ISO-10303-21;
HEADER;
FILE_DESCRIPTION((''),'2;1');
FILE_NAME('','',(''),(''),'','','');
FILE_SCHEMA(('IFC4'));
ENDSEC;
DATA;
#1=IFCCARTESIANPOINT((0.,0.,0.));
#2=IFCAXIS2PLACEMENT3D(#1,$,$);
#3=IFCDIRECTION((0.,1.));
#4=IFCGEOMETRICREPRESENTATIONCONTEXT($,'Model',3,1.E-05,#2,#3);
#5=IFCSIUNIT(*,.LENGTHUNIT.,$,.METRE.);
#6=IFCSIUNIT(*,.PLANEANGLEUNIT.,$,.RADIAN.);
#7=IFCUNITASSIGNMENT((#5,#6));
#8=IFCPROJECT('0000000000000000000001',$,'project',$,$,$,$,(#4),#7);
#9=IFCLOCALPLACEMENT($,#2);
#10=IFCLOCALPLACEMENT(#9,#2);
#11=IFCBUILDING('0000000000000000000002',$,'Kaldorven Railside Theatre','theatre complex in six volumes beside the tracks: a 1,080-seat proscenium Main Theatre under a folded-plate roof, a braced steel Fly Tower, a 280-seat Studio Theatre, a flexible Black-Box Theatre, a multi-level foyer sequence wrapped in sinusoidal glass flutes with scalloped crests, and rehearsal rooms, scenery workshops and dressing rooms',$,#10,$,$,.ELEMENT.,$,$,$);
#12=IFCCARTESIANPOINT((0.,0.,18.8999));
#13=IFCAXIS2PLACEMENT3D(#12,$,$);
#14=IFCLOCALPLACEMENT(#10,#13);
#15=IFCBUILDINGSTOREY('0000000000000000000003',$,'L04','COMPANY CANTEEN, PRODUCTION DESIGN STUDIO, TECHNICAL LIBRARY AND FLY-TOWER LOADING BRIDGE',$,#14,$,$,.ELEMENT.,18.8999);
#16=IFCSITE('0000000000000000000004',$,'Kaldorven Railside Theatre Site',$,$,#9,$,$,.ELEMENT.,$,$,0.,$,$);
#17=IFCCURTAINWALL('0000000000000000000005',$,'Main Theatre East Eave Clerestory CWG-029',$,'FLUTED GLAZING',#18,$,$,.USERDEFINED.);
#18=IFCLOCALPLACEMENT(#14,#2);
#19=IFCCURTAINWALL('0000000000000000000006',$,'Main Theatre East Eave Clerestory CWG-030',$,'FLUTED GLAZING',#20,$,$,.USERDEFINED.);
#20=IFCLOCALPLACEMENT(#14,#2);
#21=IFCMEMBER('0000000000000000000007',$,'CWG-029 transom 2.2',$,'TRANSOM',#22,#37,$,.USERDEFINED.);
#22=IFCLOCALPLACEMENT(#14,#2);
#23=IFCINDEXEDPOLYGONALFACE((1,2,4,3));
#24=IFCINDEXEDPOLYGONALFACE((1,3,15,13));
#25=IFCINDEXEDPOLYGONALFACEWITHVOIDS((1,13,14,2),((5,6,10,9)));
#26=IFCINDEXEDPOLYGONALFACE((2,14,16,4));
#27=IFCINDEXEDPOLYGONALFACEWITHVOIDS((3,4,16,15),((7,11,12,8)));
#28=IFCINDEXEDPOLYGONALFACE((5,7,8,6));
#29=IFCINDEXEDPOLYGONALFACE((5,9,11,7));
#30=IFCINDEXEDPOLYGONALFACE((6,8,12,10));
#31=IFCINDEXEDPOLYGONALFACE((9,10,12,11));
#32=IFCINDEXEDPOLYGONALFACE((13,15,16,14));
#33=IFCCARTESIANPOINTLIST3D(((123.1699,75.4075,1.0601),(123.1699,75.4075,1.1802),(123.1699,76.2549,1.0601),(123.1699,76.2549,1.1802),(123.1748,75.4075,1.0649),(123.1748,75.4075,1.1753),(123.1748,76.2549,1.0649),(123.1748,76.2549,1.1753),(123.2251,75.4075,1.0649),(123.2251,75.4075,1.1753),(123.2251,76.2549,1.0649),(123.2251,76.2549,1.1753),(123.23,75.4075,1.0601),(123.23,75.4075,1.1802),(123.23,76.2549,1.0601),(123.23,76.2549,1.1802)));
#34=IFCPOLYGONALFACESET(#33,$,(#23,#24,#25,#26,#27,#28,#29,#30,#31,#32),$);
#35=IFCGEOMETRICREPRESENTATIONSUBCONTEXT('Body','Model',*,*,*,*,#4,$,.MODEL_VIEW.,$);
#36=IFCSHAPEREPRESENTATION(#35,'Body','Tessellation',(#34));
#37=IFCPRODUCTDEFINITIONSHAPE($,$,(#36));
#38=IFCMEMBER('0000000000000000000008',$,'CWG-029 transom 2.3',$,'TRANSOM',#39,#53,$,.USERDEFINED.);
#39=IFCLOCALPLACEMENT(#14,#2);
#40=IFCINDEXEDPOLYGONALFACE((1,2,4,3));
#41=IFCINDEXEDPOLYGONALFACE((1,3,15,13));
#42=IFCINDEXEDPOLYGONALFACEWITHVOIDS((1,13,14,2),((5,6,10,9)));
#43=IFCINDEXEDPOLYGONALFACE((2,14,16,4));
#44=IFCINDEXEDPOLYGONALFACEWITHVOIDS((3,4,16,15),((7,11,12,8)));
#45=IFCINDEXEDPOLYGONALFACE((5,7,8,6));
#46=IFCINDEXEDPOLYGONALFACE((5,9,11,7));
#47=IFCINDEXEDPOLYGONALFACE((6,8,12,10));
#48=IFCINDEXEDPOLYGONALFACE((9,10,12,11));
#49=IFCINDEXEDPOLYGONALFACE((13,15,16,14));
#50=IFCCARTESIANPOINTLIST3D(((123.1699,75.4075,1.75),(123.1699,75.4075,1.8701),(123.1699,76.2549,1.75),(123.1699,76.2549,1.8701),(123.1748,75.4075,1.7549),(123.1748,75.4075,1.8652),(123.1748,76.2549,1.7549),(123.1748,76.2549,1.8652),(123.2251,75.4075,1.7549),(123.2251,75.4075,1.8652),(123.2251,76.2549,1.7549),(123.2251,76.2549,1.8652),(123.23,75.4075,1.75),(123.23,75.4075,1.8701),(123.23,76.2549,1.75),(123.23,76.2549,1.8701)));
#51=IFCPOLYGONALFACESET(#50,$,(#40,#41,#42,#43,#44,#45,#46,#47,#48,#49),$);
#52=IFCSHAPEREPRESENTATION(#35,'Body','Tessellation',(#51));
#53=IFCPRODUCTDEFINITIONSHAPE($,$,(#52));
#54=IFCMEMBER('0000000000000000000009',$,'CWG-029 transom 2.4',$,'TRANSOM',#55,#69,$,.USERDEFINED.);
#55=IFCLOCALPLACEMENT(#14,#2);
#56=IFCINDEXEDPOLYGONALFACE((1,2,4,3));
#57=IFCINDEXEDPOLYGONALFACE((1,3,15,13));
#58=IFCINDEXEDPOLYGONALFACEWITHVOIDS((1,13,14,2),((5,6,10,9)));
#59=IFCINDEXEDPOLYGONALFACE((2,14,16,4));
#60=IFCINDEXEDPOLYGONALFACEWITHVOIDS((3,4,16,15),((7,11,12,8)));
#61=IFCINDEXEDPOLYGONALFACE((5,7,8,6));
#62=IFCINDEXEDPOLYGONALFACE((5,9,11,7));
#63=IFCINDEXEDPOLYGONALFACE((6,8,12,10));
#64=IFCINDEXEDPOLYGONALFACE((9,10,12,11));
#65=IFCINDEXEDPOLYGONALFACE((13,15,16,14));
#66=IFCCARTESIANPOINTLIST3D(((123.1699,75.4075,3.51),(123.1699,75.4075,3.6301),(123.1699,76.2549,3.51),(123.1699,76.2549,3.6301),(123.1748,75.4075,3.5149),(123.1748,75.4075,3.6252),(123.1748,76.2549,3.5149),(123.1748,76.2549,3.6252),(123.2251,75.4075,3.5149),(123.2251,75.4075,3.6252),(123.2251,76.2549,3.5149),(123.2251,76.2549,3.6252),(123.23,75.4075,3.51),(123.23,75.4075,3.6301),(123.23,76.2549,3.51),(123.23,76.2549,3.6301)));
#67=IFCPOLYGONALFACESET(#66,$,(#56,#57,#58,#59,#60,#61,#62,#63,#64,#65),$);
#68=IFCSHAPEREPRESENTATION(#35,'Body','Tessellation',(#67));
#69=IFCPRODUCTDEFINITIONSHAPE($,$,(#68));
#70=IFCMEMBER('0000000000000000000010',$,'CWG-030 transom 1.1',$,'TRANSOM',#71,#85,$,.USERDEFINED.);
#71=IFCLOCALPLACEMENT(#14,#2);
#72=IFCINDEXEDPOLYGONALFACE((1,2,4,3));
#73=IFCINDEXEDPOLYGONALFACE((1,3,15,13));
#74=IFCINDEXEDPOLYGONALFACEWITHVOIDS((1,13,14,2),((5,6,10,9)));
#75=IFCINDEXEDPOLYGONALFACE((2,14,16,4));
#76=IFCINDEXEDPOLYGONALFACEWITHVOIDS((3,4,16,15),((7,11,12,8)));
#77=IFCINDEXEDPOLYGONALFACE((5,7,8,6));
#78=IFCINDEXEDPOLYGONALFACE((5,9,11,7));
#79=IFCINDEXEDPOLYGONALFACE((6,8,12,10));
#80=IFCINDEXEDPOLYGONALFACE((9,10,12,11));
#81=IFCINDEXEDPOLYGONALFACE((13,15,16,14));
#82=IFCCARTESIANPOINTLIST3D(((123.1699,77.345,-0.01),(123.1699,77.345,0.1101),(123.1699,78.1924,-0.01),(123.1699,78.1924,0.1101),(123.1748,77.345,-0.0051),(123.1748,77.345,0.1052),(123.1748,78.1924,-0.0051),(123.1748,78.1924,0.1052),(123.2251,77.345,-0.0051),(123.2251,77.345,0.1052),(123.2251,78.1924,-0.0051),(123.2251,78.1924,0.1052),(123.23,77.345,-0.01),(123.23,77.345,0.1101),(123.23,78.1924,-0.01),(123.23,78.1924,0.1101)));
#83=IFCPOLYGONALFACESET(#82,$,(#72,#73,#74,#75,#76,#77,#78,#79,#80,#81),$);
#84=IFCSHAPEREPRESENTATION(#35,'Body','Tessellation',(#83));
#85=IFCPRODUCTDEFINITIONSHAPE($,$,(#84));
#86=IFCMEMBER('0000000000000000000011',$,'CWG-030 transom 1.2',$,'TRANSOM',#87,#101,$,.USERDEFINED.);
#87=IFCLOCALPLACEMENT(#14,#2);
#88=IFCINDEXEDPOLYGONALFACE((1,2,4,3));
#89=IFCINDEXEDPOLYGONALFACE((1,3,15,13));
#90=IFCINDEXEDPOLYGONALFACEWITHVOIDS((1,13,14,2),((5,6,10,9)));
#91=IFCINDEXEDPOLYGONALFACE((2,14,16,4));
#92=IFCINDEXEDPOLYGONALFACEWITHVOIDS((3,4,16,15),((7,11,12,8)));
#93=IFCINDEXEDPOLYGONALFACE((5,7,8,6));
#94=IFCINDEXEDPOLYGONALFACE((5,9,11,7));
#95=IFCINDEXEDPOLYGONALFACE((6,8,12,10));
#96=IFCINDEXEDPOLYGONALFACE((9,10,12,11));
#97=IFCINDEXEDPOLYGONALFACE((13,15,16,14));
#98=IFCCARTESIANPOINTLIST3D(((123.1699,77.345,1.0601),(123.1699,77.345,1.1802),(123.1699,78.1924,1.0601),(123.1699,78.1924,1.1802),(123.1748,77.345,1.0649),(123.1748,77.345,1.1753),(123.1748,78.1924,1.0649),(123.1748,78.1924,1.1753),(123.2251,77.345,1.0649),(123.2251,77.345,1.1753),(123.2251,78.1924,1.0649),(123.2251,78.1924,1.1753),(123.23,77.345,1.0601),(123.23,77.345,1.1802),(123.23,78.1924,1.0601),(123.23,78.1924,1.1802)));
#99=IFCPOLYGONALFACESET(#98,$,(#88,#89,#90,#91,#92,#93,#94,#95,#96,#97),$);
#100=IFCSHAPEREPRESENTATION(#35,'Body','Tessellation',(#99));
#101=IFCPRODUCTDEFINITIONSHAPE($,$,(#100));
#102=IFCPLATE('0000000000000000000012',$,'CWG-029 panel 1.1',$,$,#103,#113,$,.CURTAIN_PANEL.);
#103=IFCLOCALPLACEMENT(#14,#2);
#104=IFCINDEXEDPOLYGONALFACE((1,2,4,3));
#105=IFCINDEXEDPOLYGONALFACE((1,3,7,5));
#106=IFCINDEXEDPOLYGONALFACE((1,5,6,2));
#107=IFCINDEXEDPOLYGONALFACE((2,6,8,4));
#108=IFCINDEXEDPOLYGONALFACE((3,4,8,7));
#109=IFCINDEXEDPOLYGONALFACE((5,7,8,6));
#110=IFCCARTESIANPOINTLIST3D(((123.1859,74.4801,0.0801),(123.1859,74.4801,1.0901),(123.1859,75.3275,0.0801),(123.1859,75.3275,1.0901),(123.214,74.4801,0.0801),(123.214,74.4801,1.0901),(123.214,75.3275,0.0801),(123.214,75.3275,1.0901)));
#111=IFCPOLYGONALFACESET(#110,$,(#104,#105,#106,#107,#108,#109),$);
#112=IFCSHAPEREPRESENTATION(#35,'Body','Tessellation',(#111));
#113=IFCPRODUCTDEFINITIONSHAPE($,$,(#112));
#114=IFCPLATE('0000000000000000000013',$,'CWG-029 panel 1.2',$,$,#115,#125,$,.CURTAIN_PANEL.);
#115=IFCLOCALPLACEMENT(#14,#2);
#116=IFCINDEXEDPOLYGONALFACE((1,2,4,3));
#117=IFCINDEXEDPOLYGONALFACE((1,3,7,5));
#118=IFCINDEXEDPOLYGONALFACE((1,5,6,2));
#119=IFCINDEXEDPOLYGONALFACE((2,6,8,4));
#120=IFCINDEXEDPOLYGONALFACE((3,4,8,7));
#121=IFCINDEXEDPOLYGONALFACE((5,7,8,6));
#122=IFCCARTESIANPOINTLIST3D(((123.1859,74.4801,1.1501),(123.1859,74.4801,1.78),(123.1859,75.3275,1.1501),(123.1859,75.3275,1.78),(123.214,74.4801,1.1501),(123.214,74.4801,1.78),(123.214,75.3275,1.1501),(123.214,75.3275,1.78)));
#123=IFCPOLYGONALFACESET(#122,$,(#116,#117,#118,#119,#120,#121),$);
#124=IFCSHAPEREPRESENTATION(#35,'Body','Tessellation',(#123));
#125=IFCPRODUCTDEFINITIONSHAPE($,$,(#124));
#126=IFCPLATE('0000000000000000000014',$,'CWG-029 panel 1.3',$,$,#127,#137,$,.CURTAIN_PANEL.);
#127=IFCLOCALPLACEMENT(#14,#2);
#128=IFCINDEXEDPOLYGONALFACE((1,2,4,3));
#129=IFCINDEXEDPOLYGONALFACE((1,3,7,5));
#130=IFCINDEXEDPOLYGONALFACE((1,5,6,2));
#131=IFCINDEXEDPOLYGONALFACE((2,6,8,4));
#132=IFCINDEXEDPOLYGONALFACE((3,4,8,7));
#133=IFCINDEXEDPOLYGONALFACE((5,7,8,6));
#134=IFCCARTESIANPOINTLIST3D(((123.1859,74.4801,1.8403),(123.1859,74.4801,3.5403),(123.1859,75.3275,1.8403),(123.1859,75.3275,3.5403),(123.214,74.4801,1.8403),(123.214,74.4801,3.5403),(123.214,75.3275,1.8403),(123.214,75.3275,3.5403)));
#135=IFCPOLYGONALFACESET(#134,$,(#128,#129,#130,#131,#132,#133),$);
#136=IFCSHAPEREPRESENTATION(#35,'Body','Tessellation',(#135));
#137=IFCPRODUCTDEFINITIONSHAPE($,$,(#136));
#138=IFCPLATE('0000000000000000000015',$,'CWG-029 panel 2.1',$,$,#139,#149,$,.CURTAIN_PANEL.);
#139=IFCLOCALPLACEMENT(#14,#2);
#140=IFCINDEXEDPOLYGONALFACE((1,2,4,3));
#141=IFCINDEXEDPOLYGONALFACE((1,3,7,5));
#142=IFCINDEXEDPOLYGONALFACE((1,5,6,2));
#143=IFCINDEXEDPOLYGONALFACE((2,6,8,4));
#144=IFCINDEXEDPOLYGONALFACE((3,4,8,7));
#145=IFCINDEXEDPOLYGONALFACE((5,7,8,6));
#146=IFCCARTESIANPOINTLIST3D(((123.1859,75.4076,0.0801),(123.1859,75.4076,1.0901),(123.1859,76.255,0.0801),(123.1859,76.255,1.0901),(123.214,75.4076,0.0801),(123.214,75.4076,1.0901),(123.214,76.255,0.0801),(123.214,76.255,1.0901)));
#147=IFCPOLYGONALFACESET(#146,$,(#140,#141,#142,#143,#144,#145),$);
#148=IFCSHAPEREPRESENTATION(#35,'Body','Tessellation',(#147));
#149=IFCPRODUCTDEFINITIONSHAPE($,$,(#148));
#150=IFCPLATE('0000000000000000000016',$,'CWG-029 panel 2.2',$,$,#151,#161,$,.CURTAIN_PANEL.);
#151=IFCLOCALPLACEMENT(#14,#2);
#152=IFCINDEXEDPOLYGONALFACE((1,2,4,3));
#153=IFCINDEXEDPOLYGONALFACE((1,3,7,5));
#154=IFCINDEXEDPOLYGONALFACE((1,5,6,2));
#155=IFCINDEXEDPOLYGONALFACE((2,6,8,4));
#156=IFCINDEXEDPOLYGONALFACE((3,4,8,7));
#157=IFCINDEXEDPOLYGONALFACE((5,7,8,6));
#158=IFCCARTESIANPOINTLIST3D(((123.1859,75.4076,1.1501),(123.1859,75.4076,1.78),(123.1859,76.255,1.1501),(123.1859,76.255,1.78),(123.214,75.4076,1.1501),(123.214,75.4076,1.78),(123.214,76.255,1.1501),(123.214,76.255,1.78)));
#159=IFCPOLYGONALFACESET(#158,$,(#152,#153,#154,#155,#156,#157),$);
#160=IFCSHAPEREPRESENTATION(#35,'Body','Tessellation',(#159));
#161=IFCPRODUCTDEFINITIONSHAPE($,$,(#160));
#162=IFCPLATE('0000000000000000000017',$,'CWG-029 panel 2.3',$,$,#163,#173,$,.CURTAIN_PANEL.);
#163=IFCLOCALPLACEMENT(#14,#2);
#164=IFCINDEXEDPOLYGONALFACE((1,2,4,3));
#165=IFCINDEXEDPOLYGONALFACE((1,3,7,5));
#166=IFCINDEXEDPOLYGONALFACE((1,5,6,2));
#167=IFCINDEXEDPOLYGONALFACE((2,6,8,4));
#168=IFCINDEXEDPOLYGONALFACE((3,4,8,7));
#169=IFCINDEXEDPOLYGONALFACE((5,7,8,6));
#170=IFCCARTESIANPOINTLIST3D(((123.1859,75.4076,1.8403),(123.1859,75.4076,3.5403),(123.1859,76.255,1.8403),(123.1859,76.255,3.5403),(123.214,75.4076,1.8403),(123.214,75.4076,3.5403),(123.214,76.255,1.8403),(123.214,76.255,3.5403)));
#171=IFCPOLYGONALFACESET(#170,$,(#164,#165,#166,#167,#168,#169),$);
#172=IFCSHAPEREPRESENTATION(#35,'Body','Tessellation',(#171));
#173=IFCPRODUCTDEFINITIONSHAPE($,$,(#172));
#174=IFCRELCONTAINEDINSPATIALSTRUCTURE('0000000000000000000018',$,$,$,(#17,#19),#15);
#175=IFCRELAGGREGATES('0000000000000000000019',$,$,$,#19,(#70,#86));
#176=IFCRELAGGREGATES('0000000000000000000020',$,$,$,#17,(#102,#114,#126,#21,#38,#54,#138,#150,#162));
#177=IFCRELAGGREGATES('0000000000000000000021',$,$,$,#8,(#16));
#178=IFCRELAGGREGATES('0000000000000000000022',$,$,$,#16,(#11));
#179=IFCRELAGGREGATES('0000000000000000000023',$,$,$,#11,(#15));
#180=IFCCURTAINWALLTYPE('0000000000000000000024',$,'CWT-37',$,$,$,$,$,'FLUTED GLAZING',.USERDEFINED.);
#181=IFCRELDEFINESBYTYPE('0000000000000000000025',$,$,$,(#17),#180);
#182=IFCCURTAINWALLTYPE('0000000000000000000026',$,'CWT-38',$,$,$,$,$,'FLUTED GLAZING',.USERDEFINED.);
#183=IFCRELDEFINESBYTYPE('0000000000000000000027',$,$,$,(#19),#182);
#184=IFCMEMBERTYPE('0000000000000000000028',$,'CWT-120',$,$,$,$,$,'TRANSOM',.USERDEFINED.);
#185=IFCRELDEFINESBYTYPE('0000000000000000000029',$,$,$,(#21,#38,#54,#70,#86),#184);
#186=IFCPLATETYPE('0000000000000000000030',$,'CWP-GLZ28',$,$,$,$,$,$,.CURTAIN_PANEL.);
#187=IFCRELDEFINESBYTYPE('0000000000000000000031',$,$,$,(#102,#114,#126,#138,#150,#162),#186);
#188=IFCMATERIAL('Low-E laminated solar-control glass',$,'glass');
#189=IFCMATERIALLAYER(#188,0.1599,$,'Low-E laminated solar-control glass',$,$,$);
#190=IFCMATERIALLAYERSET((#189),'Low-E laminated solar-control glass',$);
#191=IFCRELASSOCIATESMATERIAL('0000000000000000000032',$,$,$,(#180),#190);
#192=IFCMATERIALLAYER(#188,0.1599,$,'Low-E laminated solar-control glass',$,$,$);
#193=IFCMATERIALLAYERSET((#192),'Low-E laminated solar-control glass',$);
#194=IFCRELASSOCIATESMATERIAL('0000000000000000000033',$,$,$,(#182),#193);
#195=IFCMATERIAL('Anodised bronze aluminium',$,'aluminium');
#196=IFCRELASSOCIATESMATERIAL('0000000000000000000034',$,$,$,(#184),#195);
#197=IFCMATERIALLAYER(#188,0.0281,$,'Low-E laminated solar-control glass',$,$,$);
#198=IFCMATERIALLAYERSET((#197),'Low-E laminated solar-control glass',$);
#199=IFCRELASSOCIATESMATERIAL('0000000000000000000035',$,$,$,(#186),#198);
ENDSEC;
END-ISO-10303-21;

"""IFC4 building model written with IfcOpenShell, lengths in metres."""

from ifc_helpers import new_model, si_unit, direction, frame, origin, origin_2d, place, context, subcontext, project, spatial, rectangle, hollow_rectangle, extrude, material, layer, layer_set, material_profile, profile_set, type_object, element, aggregate, save


model = new_model("IFC4")

# Units and contexts
model_context = context("Model", 3, precision=1e-05, world=origin(), true_north=direction((0.0, 1.0)))
body_context = subcontext(model_context, "Body", "Model", "MODEL_VIEW")
ifc_project = project(units=[si_unit("LENGTHUNIT", "METRE"), si_unit("PLANEANGLEUNIT", "RADIAN")], contexts=[model_context])

# Site, building, storey
site_placement = place(None, origin())
site = spatial("IfcSite", under=ifc_project, at=site_placement, Name="Kaldorven Railside Theatre Site", CompositionType="ELEMENT", RefElevation=0.0)
building_placement = place(site_placement, origin())
building = spatial("IfcBuilding", under=site, at=building_placement, Name="Kaldorven Railside Theatre", Description="theatre complex in six volumes beside the tracks: a 1,080-seat proscenium Main Theatre under a folded-plate roof, a braced steel Fly Tower, a 280-seat Studio Theatre, a flexible Black-Box Theatre, a multi-level foyer sequence wrapped in sinusoidal glass flutes with scalloped crests, and rehearsal rooms, scenery workshops and dressing rooms", CompositionType="ELEMENT")
storey_placement = place(building_placement, frame((0.0, 0.0, 18.8999)))
storey = spatial("IfcBuildingStorey", under=building, at=storey_placement, Name="L04", Description="COMPANY CANTEEN, PRODUCTION DESIGN STUDIO, TECHNICAL LIBRARY AND FLY-TOWER LOADING BRIDGE", CompositionType="ELEMENT", Elevation=18.8999)

# Curtain wall
ifc_material_1 = material(Name="Low-E laminated solar-control glass", Category="glass")
ifc_layer_1 = layer(ifc_material_1, 0.1599, Name="Low-E laminated solar-control glass")
ifc_layer_set_1 = layer_set([ifc_layer_1], Name="Low-E laminated solar-control glass")
curtain_wall_type_1 = type_object("IfcCurtainWallType", Name="CWT-37", ElementType="FLUTED GLAZING", PredefinedType="USERDEFINED", material=ifc_layer_set_1)
curtain_wall_1_placement = place(storey_placement, origin())
curtain_wall_1 = element("IfcCurtainWall", 1, at=curtain_wall_1_placement, inside=storey, type_object=curtain_wall_type_1, Name="Main Theatre East Eave Clerestory CWG-029", ObjectType="FLUTED GLAZING", PredefinedType="USERDEFINED")
ifc_material_2 = material(Name="Anodised bronze aluminium", Category="aluminium")

# Curtain wall
ifc_layer_2 = layer(ifc_material_1, 0.1599, Name="Low-E laminated solar-control glass")
ifc_layer_set_2 = layer_set([ifc_layer_2], Name="Low-E laminated solar-control glass")
curtain_wall_type_2 = type_object("IfcCurtainWallType", Name="CWT-38", ElementType="FLUTED GLAZING", PredefinedType="USERDEFINED", material=ifc_layer_set_2)
curtain_wall_2_placement = place(storey_placement, origin())
curtain_wall_2 = element("IfcCurtainWall", 2, at=curtain_wall_2_placement, inside=storey, type_object=curtain_wall_type_2, Name="Main Theatre East Eave Clerestory CWG-030", ObjectType="FLUTED GLAZING", PredefinedType="USERDEFINED")

# Members
ifc_material_profile_1 = material_profile(ifc_material_2, hollow_rectangle(XDim=0.0601, YDim=0.1201, WallThickness=0.0049, at=origin_2d()), Name="RHS 120x60x5")
ifc_profile_set_1 = profile_set([ifc_material_profile_1], Name="Anodised bronze aluminium")
member_type_1 = type_object("IfcMemberType", Name="CWT-120", ElementType="TRANSOM", PredefinedType="USERDEFINED", material=ifc_profile_set_1)
member_1_placement = place(storey_placement, frame((123.2, 75.4075, 1.1201), z_axis=(0.0, 1.0, 0.0), x_axis=(-1.0, 0.0, 0.0)))
member_1 = element("IfcMember", 3, at=member_1_placement, type_object=member_type_1, Name="CWG-029 transom 2.2", ObjectType="TRANSOM", PredefinedType="USERDEFINED", context=body_context, shape_type="SweptSolid", body=[
    extrude(hollow_rectangle(XDim=0.0601, YDim=0.1201, WallThickness=0.0049, at=origin_2d()), origin(), (0.0, 0.0, 1.0), 0.8474),
])
member_2_placement = place(storey_placement, frame((123.2, 75.4075, 1.8101), z_axis=(0.0, 1.0, 0.0), x_axis=(-1.0, 0.0, 0.0)))
member_2 = element("IfcMember", 4, at=member_2_placement, type_object=member_type_1, Name="CWG-029 transom 2.3", ObjectType="TRANSOM", PredefinedType="USERDEFINED", context=body_context, shape_type="SweptSolid", body=[
    extrude(hollow_rectangle(XDim=0.0601, YDim=0.1201, WallThickness=0.0049, at=origin_2d()), origin(), (0.0, 0.0, 1.0), 0.8474),
])
member_3_placement = place(storey_placement, frame((123.2, 75.4075, 3.5701), z_axis=(0.0, 1.0, 0.0), x_axis=(-1.0, 0.0, 0.0)))
member_3 = element("IfcMember", 5, at=member_3_placement, type_object=member_type_1, Name="CWG-029 transom 2.4", ObjectType="TRANSOM", PredefinedType="USERDEFINED", context=body_context, shape_type="SweptSolid", body=[
    extrude(hollow_rectangle(XDim=0.0601, YDim=0.1201, WallThickness=0.0049, at=origin_2d()), origin(), (0.0, 0.0, 1.0), 0.8474),
])
member_4_placement = place(storey_placement, frame((123.2, 77.345, 0.05), z_axis=(0.0, 1.0, 0.0), x_axis=(-1.0, 0.0, 0.0)))
member_4 = element("IfcMember", 6, at=member_4_placement, type_object=member_type_1, Name="CWG-030 transom 1.1", ObjectType="TRANSOM", PredefinedType="USERDEFINED", context=body_context, shape_type="SweptSolid", body=[
    extrude(hollow_rectangle(XDim=0.0601, YDim=0.1201, WallThickness=0.0049, at=origin_2d()), origin(), (0.0, 0.0, 1.0), 0.8474),
])
member_5_placement = place(storey_placement, frame((123.2, 77.345, 1.1201), z_axis=(0.0, 1.0, 0.0), x_axis=(-1.0, 0.0, 0.0)))
member_5 = element("IfcMember", 7, at=member_5_placement, type_object=member_type_1, Name="CWG-030 transom 1.2", ObjectType="TRANSOM", PredefinedType="USERDEFINED", context=body_context, shape_type="SweptSolid", body=[
    extrude(hollow_rectangle(XDim=0.0601, YDim=0.1201, WallThickness=0.0049, at=origin_2d()), origin(), (0.0, 0.0, 1.0), 0.8474),
])
aggregate(curtain_wall_2, [member_4, member_5])

# Plates
ifc_layer_3 = layer(ifc_material_1, 0.0281, Name="Low-E laminated solar-control glass")
ifc_layer_set_3 = layer_set([ifc_layer_3], Name="Low-E laminated solar-control glass")
plate_type = type_object("IfcPlateType", Name="CWP-GLZ28", PredefinedType="CURTAIN_PANEL", material=ifc_layer_set_3)
plate_1_placement = place(storey_placement, frame((123.2, 74.9038, 0.0801), z_axis=(0.0, 0.0, 1.0), x_axis=(0.0, 1.0, 0.0)))
plate_1 = element("IfcPlate", 8, at=plate_1_placement, type_object=plate_type, Name="CWG-029 panel 1.1", PredefinedType="CURTAIN_PANEL", context=body_context, shape_type="SweptSolid", body=[
    extrude(rectangle(XDim=0.8474, YDim=0.0281, at=origin_2d()), origin(), (0.0, 0.0, 1.0), 1.01),
])
plate_2_placement = place(storey_placement, frame((123.2, 74.9038, 1.1501), z_axis=(0.0, 0.0, 1.0), x_axis=(0.0, 1.0, 0.0)))
plate_2 = element("IfcPlate", 9, at=plate_2_placement, type_object=plate_type, Name="CWG-029 panel 1.2", PredefinedType="CURTAIN_PANEL", context=body_context, shape_type="SweptSolid", body=[
    extrude(rectangle(XDim=0.8474, YDim=0.0281, at=origin_2d()), origin(), (0.0, 0.0, 1.0), 0.6299),
])
plate_3_placement = place(storey_placement, frame((123.2, 74.9038, 1.8403), z_axis=(0.0, 0.0, 1.0), x_axis=(0.0, 1.0, 0.0)))
plate_3 = element("IfcPlate", 10, at=plate_3_placement, type_object=plate_type, Name="CWG-029 panel 1.3", PredefinedType="CURTAIN_PANEL", context=body_context, shape_type="SweptSolid", body=[
    extrude(rectangle(XDim=0.8474, YDim=0.0281, at=origin_2d()), origin(), (0.0, 0.0, 1.0), 1.7),
])
plate_4_placement = place(storey_placement, frame((123.2, 75.8313, 0.0801), z_axis=(0.0, 0.0, 1.0), x_axis=(0.0, 1.0, 0.0)))
plate_4 = element("IfcPlate", 11, at=plate_4_placement, type_object=plate_type, Name="CWG-029 panel 2.1", PredefinedType="CURTAIN_PANEL", context=body_context, shape_type="SweptSolid", body=[
    extrude(rectangle(XDim=0.8474, YDim=0.0281, at=origin_2d()), origin(), (0.0, 0.0, 1.0), 1.01),
])
plate_5_placement = place(storey_placement, frame((123.2, 75.8313, 1.1501), z_axis=(0.0, 0.0, 1.0), x_axis=(0.0, 1.0, 0.0)))
plate_5 = element("IfcPlate", 12, at=plate_5_placement, type_object=plate_type, Name="CWG-029 panel 2.2", PredefinedType="CURTAIN_PANEL", context=body_context, shape_type="SweptSolid", body=[
    extrude(rectangle(XDim=0.8474, YDim=0.0281, at=origin_2d()), origin(), (0.0, 0.0, 1.0), 0.6299),
])
plate_6_placement = place(storey_placement, frame((123.2, 75.8313, 1.8403), z_axis=(0.0, 0.0, 1.0), x_axis=(0.0, 1.0, 0.0)))
plate_6 = element("IfcPlate", 13, at=plate_6_placement, type_object=plate_type, Name="CWG-029 panel 2.3", PredefinedType="CURTAIN_PANEL", context=body_context, shape_type="SweptSolid", body=[
    extrude(rectangle(XDim=0.8474, YDim=0.0281, at=origin_2d()), origin(), (0.0, 0.0, 1.0), 1.7),
])
aggregate(curtain_wall_1, [plate_1, plate_2, plate_3, member_1, member_2, member_3, plate_4, plate_5, plate_6])

save(model, "model.ifc")
